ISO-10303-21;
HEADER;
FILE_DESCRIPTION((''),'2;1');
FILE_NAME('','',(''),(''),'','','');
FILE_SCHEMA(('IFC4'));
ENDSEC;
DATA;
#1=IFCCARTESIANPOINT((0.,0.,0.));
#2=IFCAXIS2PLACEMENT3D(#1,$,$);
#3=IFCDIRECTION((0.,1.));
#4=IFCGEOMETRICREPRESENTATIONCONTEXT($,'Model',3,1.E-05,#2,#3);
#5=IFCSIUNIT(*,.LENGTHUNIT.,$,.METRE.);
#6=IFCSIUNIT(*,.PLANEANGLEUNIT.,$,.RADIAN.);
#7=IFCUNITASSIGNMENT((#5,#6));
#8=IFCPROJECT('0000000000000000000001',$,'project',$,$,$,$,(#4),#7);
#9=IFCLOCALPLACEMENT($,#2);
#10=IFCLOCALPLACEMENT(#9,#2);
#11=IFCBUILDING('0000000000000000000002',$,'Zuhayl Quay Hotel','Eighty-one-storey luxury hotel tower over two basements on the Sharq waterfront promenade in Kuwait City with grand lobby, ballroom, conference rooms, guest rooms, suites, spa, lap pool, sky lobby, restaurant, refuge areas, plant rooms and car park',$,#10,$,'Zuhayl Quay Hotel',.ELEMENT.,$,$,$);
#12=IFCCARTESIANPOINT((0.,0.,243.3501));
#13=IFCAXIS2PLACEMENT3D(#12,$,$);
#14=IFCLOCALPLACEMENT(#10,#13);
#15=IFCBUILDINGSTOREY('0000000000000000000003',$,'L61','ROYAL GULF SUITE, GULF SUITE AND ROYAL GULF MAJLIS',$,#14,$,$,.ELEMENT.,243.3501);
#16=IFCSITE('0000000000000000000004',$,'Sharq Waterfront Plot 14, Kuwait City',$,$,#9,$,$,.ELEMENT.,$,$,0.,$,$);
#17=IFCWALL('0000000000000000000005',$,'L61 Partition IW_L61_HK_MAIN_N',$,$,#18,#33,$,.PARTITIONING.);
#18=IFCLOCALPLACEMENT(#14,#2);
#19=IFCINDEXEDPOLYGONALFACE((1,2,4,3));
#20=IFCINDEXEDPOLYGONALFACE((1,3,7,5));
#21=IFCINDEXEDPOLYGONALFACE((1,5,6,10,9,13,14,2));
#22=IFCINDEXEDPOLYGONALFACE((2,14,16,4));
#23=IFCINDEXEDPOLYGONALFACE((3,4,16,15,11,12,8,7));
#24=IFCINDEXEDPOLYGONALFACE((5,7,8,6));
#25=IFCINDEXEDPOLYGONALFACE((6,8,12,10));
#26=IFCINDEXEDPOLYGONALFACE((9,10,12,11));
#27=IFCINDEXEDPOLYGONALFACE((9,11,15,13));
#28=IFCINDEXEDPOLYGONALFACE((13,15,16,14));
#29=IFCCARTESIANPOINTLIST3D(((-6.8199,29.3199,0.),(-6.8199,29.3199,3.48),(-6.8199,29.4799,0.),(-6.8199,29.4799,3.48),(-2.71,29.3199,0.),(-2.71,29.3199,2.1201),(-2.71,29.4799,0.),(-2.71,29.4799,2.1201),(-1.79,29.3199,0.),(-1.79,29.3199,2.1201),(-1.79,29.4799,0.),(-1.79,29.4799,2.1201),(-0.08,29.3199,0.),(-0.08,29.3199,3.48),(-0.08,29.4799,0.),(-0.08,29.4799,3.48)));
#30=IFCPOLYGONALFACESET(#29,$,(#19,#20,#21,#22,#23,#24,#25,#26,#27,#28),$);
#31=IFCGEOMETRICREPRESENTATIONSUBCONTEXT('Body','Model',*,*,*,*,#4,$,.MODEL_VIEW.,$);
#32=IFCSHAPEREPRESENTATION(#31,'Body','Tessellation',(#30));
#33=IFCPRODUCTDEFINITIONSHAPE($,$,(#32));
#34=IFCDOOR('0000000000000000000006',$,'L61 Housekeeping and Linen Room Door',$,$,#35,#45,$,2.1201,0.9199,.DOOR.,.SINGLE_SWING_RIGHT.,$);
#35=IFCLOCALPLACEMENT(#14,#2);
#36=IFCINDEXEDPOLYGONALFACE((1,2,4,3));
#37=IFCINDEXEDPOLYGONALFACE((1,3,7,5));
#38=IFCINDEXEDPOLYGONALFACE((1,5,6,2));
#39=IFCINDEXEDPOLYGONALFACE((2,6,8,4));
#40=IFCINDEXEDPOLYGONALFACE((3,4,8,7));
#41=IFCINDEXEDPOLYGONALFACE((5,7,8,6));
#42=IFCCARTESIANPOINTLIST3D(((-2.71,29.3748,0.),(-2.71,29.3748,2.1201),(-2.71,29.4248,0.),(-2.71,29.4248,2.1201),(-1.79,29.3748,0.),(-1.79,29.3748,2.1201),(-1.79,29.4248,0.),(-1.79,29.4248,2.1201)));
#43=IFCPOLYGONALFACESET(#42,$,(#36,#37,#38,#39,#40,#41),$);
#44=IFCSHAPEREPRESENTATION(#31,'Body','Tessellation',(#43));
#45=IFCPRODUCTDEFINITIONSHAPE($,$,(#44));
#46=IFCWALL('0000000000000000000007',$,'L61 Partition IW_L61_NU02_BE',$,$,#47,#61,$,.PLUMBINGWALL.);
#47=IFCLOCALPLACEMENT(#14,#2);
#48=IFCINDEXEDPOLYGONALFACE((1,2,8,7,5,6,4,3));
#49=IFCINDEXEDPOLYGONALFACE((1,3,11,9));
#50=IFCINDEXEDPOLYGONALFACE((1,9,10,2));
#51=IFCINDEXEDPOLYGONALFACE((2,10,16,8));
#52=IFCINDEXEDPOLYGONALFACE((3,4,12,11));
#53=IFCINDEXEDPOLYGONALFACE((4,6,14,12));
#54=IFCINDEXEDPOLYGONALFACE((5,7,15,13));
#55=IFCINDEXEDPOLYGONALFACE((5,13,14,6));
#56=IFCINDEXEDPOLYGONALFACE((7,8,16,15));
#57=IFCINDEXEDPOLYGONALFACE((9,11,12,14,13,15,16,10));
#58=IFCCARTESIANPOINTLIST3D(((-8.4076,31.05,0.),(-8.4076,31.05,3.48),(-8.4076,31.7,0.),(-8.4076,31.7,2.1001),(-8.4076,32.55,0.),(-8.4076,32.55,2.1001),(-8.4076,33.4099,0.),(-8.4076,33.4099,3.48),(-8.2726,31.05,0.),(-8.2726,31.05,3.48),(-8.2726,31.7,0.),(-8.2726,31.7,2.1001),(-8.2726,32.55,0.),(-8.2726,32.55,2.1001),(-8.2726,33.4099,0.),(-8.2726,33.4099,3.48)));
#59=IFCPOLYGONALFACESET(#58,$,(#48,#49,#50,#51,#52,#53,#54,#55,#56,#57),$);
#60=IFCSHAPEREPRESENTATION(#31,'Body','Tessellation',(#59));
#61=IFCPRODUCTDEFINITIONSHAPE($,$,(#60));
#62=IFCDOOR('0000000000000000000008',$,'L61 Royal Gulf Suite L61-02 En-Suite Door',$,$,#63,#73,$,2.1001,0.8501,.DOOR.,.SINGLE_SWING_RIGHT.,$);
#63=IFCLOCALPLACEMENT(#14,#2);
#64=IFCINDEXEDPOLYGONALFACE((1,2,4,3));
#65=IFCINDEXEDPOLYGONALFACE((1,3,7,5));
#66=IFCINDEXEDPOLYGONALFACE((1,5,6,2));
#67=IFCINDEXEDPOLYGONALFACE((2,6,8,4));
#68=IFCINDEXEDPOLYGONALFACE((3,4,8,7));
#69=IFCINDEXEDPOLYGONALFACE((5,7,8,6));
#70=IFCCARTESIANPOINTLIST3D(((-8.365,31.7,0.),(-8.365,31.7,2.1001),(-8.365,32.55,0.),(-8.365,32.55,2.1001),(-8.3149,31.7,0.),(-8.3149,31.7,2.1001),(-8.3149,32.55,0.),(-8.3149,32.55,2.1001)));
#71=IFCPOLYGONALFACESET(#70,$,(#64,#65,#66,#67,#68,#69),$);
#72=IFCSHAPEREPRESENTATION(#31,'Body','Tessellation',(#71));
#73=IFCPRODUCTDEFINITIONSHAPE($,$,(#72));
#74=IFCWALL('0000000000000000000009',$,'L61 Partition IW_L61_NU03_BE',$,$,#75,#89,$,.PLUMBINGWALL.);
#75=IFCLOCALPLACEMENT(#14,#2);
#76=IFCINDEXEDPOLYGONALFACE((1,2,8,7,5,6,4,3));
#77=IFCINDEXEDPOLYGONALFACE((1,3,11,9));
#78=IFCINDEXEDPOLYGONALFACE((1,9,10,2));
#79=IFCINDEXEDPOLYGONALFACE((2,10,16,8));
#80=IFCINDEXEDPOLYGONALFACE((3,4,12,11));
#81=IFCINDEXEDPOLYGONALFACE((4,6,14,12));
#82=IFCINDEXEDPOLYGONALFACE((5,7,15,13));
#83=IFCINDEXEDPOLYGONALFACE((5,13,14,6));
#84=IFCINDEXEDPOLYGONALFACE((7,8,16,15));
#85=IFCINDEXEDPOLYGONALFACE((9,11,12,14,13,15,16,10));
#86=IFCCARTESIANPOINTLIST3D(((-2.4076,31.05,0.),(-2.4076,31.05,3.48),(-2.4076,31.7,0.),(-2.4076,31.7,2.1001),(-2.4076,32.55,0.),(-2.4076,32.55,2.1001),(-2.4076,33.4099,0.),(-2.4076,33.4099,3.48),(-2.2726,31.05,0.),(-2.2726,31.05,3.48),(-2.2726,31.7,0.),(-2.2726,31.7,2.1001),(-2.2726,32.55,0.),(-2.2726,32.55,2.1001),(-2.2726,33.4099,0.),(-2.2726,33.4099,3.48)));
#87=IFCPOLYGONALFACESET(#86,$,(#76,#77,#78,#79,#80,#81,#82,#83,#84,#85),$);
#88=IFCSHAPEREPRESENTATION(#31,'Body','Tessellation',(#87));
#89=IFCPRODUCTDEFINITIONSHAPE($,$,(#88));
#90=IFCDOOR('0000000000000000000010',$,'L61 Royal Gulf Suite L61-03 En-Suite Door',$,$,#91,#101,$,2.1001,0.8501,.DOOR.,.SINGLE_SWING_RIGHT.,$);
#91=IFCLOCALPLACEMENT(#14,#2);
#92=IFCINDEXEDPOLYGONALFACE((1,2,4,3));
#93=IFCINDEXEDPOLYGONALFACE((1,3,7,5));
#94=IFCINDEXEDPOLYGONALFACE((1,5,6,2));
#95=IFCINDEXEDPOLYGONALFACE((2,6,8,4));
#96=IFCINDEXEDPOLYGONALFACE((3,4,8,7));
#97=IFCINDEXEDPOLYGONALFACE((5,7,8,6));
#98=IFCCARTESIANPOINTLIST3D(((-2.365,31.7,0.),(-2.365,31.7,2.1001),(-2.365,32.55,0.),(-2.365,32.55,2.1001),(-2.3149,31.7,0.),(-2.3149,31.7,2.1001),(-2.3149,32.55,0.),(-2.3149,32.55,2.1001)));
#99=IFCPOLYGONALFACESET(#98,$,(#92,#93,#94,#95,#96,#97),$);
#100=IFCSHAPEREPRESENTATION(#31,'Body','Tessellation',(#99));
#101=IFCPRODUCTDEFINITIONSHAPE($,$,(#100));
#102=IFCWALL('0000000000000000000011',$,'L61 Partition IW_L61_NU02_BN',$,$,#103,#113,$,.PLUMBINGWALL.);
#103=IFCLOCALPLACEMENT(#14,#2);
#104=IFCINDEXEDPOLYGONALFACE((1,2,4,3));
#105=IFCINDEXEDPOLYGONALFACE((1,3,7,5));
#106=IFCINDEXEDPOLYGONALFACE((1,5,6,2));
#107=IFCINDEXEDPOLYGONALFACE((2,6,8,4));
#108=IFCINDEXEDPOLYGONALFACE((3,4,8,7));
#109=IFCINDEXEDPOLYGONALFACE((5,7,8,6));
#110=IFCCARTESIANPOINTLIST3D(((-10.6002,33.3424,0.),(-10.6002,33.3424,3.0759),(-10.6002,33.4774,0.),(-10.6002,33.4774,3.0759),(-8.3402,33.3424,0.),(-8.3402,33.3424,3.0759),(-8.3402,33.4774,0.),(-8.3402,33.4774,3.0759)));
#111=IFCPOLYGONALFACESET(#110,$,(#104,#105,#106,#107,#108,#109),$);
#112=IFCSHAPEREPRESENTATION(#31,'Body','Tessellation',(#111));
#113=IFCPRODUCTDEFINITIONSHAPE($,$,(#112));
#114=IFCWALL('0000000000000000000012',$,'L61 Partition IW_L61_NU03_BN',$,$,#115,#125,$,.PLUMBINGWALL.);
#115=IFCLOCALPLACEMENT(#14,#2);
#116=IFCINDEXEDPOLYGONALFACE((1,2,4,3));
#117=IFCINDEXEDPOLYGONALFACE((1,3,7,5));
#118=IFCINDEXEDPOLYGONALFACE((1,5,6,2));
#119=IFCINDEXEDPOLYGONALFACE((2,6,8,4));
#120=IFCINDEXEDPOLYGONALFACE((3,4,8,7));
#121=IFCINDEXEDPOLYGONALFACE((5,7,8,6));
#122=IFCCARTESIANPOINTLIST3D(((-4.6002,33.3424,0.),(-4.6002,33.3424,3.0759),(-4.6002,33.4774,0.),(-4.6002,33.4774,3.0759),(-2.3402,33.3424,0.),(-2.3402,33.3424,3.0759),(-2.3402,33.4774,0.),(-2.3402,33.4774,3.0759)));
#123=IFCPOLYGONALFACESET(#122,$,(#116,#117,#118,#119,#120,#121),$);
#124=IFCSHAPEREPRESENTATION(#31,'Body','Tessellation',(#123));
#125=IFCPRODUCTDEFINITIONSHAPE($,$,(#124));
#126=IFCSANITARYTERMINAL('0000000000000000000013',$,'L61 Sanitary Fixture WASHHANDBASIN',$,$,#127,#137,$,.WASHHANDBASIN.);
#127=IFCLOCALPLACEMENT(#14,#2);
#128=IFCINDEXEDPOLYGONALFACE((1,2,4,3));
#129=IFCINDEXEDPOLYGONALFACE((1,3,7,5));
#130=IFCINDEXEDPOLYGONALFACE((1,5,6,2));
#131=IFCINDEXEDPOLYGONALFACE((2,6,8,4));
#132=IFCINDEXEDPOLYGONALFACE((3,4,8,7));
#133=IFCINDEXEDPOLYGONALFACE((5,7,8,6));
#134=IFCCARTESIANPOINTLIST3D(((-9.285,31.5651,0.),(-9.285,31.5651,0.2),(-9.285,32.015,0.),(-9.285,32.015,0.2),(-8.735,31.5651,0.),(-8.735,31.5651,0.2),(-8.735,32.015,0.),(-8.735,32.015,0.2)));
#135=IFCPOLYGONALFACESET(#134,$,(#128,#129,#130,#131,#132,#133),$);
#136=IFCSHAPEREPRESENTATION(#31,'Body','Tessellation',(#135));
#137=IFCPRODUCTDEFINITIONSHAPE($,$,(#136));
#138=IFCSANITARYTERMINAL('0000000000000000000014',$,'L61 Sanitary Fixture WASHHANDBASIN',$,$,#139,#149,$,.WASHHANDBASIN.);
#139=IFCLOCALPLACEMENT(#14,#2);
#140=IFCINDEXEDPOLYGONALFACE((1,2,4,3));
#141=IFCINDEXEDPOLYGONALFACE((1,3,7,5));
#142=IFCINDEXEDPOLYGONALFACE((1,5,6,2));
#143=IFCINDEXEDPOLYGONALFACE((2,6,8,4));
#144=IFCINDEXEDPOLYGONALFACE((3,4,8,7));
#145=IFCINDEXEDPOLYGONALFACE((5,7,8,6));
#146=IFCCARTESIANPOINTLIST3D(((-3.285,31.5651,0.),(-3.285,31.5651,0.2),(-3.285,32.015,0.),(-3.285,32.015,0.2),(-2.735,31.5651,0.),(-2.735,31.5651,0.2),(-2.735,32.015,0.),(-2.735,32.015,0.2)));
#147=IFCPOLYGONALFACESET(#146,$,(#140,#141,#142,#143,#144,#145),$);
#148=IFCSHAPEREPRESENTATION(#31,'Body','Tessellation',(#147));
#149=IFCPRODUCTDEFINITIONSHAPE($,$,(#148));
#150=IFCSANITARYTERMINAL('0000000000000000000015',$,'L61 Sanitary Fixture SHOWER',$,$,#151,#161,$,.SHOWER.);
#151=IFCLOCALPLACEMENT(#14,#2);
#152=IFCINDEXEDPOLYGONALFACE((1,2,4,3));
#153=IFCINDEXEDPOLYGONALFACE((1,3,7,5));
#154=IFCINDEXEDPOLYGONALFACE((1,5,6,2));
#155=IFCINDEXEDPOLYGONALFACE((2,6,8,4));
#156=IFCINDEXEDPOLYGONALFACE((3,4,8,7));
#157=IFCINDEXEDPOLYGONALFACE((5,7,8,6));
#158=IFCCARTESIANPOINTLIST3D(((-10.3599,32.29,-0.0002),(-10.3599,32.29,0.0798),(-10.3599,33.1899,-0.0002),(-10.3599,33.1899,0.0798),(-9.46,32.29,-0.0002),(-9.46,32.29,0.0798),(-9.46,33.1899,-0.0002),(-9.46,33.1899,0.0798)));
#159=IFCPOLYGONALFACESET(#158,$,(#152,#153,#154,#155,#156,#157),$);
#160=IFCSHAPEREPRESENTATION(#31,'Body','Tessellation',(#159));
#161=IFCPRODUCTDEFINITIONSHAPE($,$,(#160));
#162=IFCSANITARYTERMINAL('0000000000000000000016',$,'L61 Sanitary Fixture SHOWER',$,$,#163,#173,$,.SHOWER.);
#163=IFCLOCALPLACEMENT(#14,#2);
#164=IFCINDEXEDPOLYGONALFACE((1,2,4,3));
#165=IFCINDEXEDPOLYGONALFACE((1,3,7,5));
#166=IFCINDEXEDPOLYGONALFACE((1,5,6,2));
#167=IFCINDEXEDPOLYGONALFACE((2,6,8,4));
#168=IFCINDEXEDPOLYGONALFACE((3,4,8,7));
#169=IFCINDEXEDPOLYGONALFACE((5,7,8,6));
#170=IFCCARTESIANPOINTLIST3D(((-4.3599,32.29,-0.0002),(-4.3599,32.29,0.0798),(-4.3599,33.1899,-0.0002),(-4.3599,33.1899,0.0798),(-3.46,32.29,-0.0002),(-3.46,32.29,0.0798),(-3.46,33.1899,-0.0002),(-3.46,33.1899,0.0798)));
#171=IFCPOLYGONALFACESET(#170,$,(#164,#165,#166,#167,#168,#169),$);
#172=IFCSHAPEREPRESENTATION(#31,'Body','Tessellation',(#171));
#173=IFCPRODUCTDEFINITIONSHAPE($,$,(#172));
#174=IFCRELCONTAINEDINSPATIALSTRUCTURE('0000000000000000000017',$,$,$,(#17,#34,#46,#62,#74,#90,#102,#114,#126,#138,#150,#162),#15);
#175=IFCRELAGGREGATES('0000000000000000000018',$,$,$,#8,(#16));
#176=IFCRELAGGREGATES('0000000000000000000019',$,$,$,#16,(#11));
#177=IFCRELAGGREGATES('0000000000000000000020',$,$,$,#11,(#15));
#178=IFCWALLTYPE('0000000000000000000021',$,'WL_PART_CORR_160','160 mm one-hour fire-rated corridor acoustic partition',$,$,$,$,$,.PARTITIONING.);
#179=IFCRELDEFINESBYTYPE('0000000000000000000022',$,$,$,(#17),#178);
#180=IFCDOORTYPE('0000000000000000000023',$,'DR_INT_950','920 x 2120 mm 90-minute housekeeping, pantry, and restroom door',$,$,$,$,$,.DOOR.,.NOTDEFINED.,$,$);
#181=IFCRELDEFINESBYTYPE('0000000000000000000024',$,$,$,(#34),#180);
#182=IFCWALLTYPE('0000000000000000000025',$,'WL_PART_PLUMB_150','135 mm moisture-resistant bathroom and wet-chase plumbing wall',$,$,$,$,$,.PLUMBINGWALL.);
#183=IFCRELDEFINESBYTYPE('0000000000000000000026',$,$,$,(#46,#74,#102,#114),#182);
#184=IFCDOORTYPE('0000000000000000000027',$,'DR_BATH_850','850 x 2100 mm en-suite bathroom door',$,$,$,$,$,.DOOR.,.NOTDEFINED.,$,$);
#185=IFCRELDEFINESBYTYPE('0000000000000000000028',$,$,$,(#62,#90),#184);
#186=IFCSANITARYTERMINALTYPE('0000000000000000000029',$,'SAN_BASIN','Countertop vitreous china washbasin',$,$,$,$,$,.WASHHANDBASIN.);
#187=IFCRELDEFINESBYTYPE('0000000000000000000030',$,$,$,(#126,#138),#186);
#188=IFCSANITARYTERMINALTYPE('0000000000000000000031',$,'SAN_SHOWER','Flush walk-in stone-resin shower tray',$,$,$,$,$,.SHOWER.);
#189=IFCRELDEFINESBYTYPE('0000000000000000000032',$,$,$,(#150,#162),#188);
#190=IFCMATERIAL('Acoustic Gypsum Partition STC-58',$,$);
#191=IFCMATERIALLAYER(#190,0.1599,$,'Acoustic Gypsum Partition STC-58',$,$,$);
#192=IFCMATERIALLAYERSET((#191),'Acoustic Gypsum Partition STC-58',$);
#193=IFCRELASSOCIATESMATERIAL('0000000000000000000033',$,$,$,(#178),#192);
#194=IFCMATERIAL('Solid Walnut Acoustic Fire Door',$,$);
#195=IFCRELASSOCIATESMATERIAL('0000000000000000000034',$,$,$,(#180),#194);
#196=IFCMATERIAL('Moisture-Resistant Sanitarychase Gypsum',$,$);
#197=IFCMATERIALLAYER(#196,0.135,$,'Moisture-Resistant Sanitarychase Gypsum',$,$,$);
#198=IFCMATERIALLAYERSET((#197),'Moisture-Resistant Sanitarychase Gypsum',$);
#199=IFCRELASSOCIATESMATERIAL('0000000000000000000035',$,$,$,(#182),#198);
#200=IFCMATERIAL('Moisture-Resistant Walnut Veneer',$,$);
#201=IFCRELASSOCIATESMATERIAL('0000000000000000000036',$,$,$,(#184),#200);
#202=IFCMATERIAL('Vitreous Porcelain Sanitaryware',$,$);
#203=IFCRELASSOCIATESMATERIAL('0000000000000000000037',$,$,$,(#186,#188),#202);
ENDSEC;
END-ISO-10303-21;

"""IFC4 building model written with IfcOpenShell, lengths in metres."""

from ifc_helpers import new_model, si_unit, direction, frame, frame_2d, origin, origin_2d, place, context, subcontext, project, spatial, rectangle, extrude, material, layer, layer_set, type_object, element, fill, save


model = new_model("IFC4")

# Units and contexts
model_context = context("Model", 3, precision=1e-05, world=origin(), true_north=direction((0.0, 1.0)))
body_context = subcontext(model_context, "Body", "Model", "MODEL_VIEW")
ifc_project = project(units=[si_unit("LENGTHUNIT", "METRE"), si_unit("PLANEANGLEUNIT", "RADIAN")], contexts=[model_context])

# Site, building, storey
site_placement = place(None, origin())
site = spatial("IfcSite", under=ifc_project, at=site_placement, Name="Sharq Waterfront Plot 14, Kuwait City", CompositionType="ELEMENT", RefElevation=0.0)
building_placement = place(site_placement, origin())
building = spatial("IfcBuilding", under=site, at=building_placement, Name="Zuhayl Quay Hotel", Description="Eighty-one-storey luxury hotel tower over two basements on the Sharq waterfront promenade in Kuwait City with grand lobby, ballroom, conference rooms, guest rooms, suites, spa, lap pool, sky lobby, restaurant, refuge areas, plant rooms and car park", LongName="Zuhayl Quay Hotel", CompositionType="ELEMENT")
storey_placement = place(building_placement, frame((0.0, 0.0, 243.3501)))
storey = spatial("IfcBuildingStorey", under=building, at=storey_placement, Name="L61", Description="ROYAL GULF SUITE, GULF SUITE AND ROYAL GULF MAJLIS", CompositionType="ELEMENT", Elevation=243.3501)

# Shared definitions
ifc_material_1 = material(Name="Acoustic Gypsum Partition STC-58")

# Walls, openings, doors
ifc_layer_1 = layer(ifc_material_1, 0.1599, Name="Acoustic Gypsum Partition STC-58")
ifc_layer_set_1 = layer_set([ifc_layer_1], Name="Acoustic Gypsum Partition STC-58")
wall_type_1 = type_object("IfcWallType", Name="WL_PART_CORR_160", Description="160 mm one-hour fire-rated corridor acoustic partition", PredefinedType="PARTITIONING", material=ifc_layer_set_1)
ifc_material_2 = material(Name="Solid Walnut Acoustic Fire Door")
wall_1_placement = place(storey_placement, frame((-6.8201, 29.3999, 0.0), z_axis=(0.0, 0.0, 1.0), x_axis=(1.0, 0.0, 0.0)))
wall_1 = element("IfcWall", 1, at=wall_1_placement, inside=storey, type_object=wall_type_1, Name="L61 Partition IW_L61_HK_MAIN_N", PredefinedType="PARTITIONING", context=body_context, shape_type="SweptSolid", body=[
    extrude(rectangle(XDim=6.74, YDim=0.1599, at=frame_2d((3.3701, 0.0))), origin(), (0.0, 0.0, 1.0), 3.48),
])
opening_1_placement = place(wall_1_placement, frame((4.1101, 0.0, 0.0)))
opening_1 = element("IfcOpeningElement", 2, at=opening_1_placement, cuts=wall_1, PredefinedType="OPENING", context=body_context, shape_type="SweptSolid", body=[
    extrude(rectangle(XDim=0.9199, YDim=2.1201, at=frame_2d((0.46, 1.0601))), frame((0.0, 0.0898, 0.0), z_axis=(0.0, -1.0, 0.0), x_axis=(1.0, 0.0, 0.0)), (0.0, 0.0, 1.0), 0.1799),
])
door_type_1 = type_object("IfcDoorType", Name="DR_INT_950", Description="920 x 2120 mm 90-minute housekeeping, pantry, and restroom door", OperationType="NOTDEFINED", PredefinedType="DOOR", material=ifc_material_2)
door_1_placement = place(opening_1_placement, origin())
door_1 = element("IfcDoor", 3, at=door_1_placement, inside=storey, type_object=door_type_1, Name="L61 Housekeeping and Linen Room Door", OperationType="SINGLE_SWING_RIGHT", OverallHeight=2.1201, OverallWidth=0.9199, PredefinedType="DOOR", context=body_context, shape_type="SweptSolid", body=[
    extrude(rectangle(XDim=0.9199, YDim=2.1201, at=frame_2d((0.46, 1.0601))), frame((0.0, 0.0249, 0.0), z_axis=(0.0, -1.0, 0.0), x_axis=(1.0, 0.0, 0.0)), (0.0, 0.0, 1.0), 0.05),
])
fill(opening_1, door_1)
ifc_material_3 = material(Name="Moisture-Resistant Sanitarychase Gypsum")
ifc_layer_2 = layer(ifc_material_3, 0.135, Name="Moisture-Resistant Sanitarychase Gypsum")
ifc_layer_set_2 = layer_set([ifc_layer_2], Name="Moisture-Resistant Sanitarychase Gypsum")
wall_type_2 = type_object("IfcWallType", Name="WL_PART_PLUMB_150", Description="135 mm moisture-resistant bathroom and wet-chase plumbing wall", PredefinedType="PLUMBINGWALL", material=ifc_layer_set_2)
wall_2_placement = place(storey_placement, frame((-8.3401, 31.05, 0.0), z_axis=(0.0, 0.0, 1.0), x_axis=(0.0, 1.0, 0.0)))
wall_2 = element("IfcWall", 4, at=wall_2_placement, inside=storey, type_object=wall_type_2, Name="L61 Partition IW_L61_NU02_BE", PredefinedType="PLUMBINGWALL", context=body_context, shape_type="SweptSolid", body=[
    extrude(rectangle(XDim=2.3599, YDim=0.135, at=frame_2d((1.1799, 0.0))), origin(), (0.0, 0.0, 1.0), 3.48),
])
opening_2_placement = place(wall_2_placement, frame((0.6499, 0.0, 0.0)))
opening_2 = element("IfcOpeningElement", 5, at=opening_2_placement, cuts=wall_2, PredefinedType="OPENING", context=body_context, shape_type="SweptSolid", body=[
    extrude(rectangle(XDim=0.8501, YDim=2.1001, at=frame_2d((0.425, 1.05))), frame((0.0, 0.0774, 0.0), z_axis=(0.0, -1.0, 0.0), x_axis=(1.0, 0.0, 0.0)), (0.0, 0.0, 1.0), 0.155),
])
ifc_material_4 = material(Name="Moisture-Resistant Walnut Veneer")
door_type_2 = type_object("IfcDoorType", Name="DR_BATH_850", Description="850 x 2100 mm en-suite bathroom door", OperationType="NOTDEFINED", PredefinedType="DOOR", material=ifc_material_4)
door_2_placement = place(opening_2_placement, origin())
door_2 = element("IfcDoor", 6, at=door_2_placement, inside=storey, type_object=door_type_2, Name="L61 Royal Gulf Suite L61-02 En-Suite Door", OperationType="SINGLE_SWING_RIGHT", OverallHeight=2.1001, OverallWidth=0.8501, PredefinedType="DOOR", context=body_context, shape_type="SweptSolid", body=[
    extrude(rectangle(XDim=0.8501, YDim=2.1001, at=frame_2d((0.425, 1.05))), frame((0.0, 0.0249, 0.0), z_axis=(0.0, -1.0, 0.0), x_axis=(1.0, 0.0, 0.0)), (0.0, 0.0, 1.0), 0.05),
])
fill(opening_2, door_2)
wall_3_placement = place(storey_placement, frame((-2.3401, 31.05, 0.0), z_axis=(0.0, 0.0, 1.0), x_axis=(0.0, 1.0, 0.0)))
wall_3 = element("IfcWall", 7, at=wall_3_placement, inside=storey, type_object=wall_type_2, Name="L61 Partition IW_L61_NU03_BE", PredefinedType="PLUMBINGWALL", context=body_context, shape_type="SweptSolid", body=[
    extrude(rectangle(XDim=2.3599, YDim=0.135, at=frame_2d((1.1799, 0.0))), origin(), (0.0, 0.0, 1.0), 3.48),
])
opening_3_placement = place(wall_3_placement, frame((0.6499, 0.0, 0.0)))
opening_3 = element("IfcOpeningElement", 8, at=opening_3_placement, cuts=wall_3, PredefinedType="OPENING", context=body_context, shape_type="SweptSolid", body=[
    extrude(rectangle(XDim=0.8501, YDim=2.1001, at=frame_2d((0.425, 1.05))), frame((0.0, 0.0774, 0.0), z_axis=(0.0, -1.0, 0.0), x_axis=(1.0, 0.0, 0.0)), (0.0, 0.0, 1.0), 0.155),
])
door_3_placement = place(opening_3_placement, origin())
door_3 = element("IfcDoor", 9, at=door_3_placement, inside=storey, type_object=door_type_2, Name="L61 Royal Gulf Suite L61-03 En-Suite Door", OperationType="SINGLE_SWING_RIGHT", OverallHeight=2.1001, OverallWidth=0.8501, PredefinedType="DOOR", context=body_context, shape_type="SweptSolid", body=[
    extrude(rectangle(XDim=0.8501, YDim=2.1001, at=frame_2d((0.425, 1.05))), frame((0.0, 0.0249, 0.0), z_axis=(0.0, -1.0, 0.0), x_axis=(1.0, 0.0, 0.0)), (0.0, 0.0, 1.0), 0.05),
])
fill(opening_3, door_3)

# Walls
for number, where, z_axis, x_axis, name in (
    (10, (-10.6001, 33.4099, 0.0), (0.0, 0.0, 1.0), (1.0, 0.0, 0.0), "L61 Partition IW_L61_NU02_BN"),
    (11, (-4.6001, 33.4099, 0.0), (0.0, 0.0, 1.0), (1.0, 0.0, 0.0), "L61 Partition IW_L61_NU03_BN"),
):
    element("IfcWall", number, at=place(storey_placement, frame(where, z_axis=z_axis, x_axis=x_axis)), inside=storey, type_object=wall_type_2, Name=name, PredefinedType="PLUMBINGWALL", context=body_context, shape_type="SweptSolid", body=[
        extrude(rectangle(XDim=2.26, YDim=0.135, at=frame_2d((1.1299, 0.0))), origin(), (0.0, 0.0, 1.0), 3.0759),
    ])

# Sanitary terminals
ifc_material_5 = material(Name="Vitreous Porcelain Sanitaryware")
sanitary_terminal_type_1 = type_object("IfcSanitaryTerminalType", Name="SAN_BASIN", Description="Countertop vitreous china washbasin", PredefinedType="WASHHANDBASIN", material=ifc_material_5)
for number, where, z_axis, x_axis, name in (
    (12, (-9.01, 31.79, 0.0), (0.0, 0.0, 1.0), (1.0, 0.0, 0.0), "L61 Sanitary Fixture WASHHANDBASIN"),
    (13, (-3.01, 31.79, 0.0), (0.0, 0.0, 1.0), (1.0, 0.0, 0.0), "L61 Sanitary Fixture WASHHANDBASIN"),
):
    element("IfcSanitaryTerminal", number, at=place(storey_placement, frame(where, z_axis=z_axis, x_axis=x_axis)), inside=storey, type_object=sanitary_terminal_type_1, Name=name, PredefinedType="WASHHANDBASIN", context=body_context, shape_type="SweptSolid", body=[
        extrude(rectangle(XDim=0.55, YDim=0.45, at=origin_2d()), origin(), (0.0, 0.0, 1.0), 0.2),
    ])
sanitary_terminal_type_2 = type_object("IfcSanitaryTerminalType", Name="SAN_SHOWER", Description="Flush walk-in stone-resin shower tray", PredefinedType="SHOWER", material=ifc_material_5)
for number, where, z_axis, x_axis, name in (
    (14, (-9.9099, 32.74, -0.0002), (0.0, 0.0, 1.0), (1.0, 0.0, 0.0), "L61 Sanitary Fixture SHOWER"),
    (15, (-3.9099, 32.74, -0.0002), (0.0, 0.0, 1.0), (1.0, 0.0, 0.0), "L61 Sanitary Fixture SHOWER"),
):
    element("IfcSanitaryTerminal", number, at=place(storey_placement, frame(where, z_axis=z_axis, x_axis=x_axis)), inside=storey, type_object=sanitary_terminal_type_2, Name=name, PredefinedType="SHOWER", context=body_context, shape_type="SweptSolid", body=[
        extrude(rectangle(XDim=0.8999, YDim=0.8999, at=origin_2d()), origin(), (0.0, 0.0, 1.0), 0.0801),
    ])

save(model, "model.ifc")
